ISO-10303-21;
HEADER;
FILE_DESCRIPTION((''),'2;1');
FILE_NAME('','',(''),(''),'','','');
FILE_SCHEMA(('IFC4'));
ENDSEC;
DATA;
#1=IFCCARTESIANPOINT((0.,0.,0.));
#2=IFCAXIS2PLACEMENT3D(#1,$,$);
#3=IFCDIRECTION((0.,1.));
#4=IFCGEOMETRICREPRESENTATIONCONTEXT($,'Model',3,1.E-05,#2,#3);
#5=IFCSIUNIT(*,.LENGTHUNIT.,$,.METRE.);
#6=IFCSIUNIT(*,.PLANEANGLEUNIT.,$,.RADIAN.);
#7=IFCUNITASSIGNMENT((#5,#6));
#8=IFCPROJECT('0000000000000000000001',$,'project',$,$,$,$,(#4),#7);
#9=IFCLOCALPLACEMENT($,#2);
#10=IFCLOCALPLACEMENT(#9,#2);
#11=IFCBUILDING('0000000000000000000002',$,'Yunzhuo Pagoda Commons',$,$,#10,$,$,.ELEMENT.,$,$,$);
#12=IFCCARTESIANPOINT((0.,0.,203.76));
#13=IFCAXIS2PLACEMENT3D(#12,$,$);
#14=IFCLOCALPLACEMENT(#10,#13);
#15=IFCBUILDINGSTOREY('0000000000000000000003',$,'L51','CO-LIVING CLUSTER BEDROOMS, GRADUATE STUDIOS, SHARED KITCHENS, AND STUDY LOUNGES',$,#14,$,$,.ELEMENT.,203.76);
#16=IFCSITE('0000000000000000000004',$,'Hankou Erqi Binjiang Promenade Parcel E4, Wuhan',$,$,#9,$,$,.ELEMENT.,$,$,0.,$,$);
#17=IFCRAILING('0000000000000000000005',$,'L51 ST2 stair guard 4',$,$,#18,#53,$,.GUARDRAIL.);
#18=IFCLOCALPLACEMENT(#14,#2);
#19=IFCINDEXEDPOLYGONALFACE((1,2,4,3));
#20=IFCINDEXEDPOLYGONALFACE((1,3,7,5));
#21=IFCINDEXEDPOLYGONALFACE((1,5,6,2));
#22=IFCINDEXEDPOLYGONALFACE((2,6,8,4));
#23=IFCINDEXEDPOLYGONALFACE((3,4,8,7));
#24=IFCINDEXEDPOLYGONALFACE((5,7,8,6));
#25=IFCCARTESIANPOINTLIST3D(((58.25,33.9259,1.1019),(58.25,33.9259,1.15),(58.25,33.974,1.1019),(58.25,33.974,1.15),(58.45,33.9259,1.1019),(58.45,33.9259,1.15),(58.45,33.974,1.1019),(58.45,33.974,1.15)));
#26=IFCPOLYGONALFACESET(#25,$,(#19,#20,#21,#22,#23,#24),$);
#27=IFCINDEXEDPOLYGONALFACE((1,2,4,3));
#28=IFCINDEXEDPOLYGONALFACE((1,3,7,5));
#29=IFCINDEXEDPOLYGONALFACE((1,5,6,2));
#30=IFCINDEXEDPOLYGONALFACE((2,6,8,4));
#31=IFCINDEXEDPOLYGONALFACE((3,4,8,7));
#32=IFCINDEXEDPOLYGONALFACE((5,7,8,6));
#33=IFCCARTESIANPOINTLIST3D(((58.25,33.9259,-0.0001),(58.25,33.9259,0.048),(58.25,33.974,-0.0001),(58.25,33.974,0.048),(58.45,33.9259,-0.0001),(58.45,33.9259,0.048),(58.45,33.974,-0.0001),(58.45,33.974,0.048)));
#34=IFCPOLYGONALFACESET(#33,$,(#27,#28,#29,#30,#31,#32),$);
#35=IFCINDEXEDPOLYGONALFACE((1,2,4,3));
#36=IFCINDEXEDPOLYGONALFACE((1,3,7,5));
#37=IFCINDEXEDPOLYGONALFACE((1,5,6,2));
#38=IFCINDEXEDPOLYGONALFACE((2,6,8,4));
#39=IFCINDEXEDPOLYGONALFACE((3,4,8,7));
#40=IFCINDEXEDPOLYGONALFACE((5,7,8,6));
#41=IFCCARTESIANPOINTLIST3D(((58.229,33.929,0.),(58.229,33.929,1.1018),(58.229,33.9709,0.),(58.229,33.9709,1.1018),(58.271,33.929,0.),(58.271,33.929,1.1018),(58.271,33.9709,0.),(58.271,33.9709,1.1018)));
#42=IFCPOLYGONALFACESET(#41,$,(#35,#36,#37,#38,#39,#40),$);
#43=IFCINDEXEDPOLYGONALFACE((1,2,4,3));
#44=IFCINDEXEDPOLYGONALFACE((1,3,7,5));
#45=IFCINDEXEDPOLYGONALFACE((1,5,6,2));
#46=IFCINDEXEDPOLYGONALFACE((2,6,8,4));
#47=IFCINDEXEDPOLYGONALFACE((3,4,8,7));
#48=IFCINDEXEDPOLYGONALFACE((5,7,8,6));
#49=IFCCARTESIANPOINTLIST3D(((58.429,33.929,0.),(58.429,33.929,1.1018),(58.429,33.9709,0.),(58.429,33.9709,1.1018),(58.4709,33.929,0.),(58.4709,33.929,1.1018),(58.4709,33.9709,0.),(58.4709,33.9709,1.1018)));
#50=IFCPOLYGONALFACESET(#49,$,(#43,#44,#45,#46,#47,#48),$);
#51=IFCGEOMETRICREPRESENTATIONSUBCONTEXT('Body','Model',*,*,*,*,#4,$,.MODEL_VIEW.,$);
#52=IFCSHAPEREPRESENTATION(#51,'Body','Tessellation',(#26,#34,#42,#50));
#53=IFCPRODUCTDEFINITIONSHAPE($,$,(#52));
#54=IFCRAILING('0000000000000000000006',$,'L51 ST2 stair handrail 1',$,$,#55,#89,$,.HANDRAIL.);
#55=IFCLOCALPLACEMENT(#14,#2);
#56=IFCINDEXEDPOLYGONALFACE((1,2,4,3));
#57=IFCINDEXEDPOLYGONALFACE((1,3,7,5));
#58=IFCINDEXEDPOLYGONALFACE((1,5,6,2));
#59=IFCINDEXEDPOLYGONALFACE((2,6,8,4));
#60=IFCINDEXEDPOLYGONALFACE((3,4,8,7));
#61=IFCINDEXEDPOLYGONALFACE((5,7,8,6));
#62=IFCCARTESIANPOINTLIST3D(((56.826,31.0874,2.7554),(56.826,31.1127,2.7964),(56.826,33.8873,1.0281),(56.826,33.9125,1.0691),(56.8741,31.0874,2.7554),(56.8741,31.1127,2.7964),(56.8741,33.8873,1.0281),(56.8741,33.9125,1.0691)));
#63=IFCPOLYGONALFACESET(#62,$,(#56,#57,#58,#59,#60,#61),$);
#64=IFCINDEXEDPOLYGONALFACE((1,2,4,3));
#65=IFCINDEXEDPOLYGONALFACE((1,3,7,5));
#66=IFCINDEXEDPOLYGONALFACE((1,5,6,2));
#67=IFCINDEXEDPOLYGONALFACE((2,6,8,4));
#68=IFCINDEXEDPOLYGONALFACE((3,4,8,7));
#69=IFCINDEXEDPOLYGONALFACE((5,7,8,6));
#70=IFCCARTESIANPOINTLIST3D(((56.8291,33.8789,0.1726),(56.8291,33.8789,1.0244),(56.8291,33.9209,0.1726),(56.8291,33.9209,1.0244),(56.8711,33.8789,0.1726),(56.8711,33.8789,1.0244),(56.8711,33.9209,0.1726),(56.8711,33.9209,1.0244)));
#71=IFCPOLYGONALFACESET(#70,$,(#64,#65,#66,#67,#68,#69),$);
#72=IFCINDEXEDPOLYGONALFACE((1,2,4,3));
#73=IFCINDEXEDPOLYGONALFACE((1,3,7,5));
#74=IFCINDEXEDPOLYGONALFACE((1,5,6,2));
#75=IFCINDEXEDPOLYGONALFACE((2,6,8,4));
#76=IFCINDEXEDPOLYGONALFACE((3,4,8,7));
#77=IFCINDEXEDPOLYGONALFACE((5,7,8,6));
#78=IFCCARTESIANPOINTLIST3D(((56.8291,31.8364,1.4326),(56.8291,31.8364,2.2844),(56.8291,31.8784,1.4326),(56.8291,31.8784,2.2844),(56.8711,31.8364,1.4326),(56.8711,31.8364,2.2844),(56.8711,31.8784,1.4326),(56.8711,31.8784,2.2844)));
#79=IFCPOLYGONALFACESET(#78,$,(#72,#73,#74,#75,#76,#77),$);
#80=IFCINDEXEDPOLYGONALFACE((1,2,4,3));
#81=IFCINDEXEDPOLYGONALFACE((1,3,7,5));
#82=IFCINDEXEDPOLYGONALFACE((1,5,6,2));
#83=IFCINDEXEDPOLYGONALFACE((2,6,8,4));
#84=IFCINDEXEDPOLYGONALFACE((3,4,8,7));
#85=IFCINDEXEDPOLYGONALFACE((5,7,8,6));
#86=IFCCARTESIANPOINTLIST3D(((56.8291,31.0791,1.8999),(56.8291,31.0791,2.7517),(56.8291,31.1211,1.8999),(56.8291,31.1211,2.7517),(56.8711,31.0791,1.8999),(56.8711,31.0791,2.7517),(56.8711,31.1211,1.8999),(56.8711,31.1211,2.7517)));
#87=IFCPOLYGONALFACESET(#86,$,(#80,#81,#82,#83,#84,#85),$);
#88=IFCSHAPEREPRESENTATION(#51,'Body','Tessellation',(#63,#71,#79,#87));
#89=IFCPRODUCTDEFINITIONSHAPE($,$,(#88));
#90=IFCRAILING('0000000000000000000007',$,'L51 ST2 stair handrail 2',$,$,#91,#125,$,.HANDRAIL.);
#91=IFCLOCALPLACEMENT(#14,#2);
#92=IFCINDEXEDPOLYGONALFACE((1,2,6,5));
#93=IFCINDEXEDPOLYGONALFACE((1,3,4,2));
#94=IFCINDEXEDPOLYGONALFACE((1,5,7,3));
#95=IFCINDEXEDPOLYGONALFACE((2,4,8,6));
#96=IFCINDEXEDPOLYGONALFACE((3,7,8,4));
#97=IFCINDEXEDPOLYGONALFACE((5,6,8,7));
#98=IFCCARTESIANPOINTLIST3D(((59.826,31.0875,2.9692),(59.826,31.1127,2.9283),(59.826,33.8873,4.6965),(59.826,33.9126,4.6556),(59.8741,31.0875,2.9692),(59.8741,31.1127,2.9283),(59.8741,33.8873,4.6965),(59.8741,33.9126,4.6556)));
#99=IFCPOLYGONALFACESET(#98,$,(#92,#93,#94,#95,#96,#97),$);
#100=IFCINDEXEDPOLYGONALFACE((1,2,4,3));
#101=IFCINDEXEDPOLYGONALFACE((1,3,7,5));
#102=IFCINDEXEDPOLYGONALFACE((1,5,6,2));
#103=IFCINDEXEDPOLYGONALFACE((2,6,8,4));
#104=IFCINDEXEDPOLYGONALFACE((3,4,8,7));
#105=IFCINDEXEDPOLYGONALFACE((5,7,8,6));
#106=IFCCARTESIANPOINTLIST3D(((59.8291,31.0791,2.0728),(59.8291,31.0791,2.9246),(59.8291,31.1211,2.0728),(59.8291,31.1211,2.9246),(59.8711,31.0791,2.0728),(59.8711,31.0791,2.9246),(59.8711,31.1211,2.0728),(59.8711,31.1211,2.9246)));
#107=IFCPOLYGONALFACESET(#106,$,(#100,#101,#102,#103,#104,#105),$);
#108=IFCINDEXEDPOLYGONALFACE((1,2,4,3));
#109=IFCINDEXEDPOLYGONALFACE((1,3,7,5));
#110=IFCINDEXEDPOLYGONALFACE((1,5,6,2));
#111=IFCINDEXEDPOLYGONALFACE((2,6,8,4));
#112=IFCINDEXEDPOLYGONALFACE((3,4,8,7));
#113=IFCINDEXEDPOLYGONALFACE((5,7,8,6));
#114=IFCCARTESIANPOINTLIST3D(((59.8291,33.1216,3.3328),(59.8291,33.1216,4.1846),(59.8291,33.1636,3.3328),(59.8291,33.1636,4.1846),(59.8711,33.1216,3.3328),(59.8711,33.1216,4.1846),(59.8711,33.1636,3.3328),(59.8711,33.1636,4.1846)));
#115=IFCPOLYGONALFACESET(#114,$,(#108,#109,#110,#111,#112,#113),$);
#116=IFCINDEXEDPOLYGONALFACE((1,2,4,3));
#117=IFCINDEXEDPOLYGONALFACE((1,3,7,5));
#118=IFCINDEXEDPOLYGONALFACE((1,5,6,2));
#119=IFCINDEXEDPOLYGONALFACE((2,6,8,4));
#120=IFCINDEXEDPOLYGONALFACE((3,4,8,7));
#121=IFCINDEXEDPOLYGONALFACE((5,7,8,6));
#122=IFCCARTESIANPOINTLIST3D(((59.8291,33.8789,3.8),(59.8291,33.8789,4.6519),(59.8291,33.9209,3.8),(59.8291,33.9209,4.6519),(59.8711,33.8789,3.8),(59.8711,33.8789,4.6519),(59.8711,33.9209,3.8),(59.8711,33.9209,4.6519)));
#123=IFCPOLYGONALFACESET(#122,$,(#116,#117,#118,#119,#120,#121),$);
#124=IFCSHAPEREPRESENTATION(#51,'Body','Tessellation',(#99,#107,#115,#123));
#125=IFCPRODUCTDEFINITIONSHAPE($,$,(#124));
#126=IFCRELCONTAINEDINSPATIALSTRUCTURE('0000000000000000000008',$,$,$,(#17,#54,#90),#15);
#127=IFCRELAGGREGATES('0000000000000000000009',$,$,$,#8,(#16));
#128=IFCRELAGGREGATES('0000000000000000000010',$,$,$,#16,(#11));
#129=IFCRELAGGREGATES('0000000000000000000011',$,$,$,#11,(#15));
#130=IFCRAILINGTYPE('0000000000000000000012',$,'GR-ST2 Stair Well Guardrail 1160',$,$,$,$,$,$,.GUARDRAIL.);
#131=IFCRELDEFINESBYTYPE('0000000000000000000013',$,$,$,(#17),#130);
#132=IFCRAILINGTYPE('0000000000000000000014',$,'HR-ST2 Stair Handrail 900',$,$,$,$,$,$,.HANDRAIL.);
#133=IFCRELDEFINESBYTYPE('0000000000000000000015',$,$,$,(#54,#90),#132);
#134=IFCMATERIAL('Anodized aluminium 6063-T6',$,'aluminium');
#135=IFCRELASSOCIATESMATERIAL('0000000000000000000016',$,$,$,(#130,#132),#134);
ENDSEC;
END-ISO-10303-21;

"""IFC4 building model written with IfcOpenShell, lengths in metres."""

from ifc_helpers import new_model, si_unit, direction, frame, origin, origin_2d, place, context, subcontext, project, spatial, rectangle, extrude, material, type_object, element, save


model = new_model("IFC4")

# Units and contexts
model_context = context("Model", 3, precision=1e-05, world=origin(), true_north=direction((0.0, 1.0)))
body_context = subcontext(model_context, "Body", "Model", "MODEL_VIEW")
ifc_project = project(units=[si_unit("LENGTHUNIT", "METRE"), si_unit("PLANEANGLEUNIT", "RADIAN")], contexts=[model_context])

# Site, building, storey
site_placement = place(None, origin())
site = spatial("IfcSite", under=ifc_project, at=site_placement, Name="Hankou Erqi Binjiang Promenade Parcel E4, Wuhan", CompositionType="ELEMENT", RefElevation=0.0)
building_placement = place(site_placement, origin())
building = spatial("IfcBuilding", under=site, at=building_placement, Name="Yunzhuo Pagoda Commons", CompositionType="ELEMENT")
storey_placement = place(building_placement, frame((0.0, 0.0, 203.76)))
storey = spatial("IfcBuildingStorey", under=building, at=storey_placement, Name="L51", Description="CO-LIVING CLUSTER BEDROOMS, GRADUATE STUDIOS, SHARED KITCHENS, AND STUDY LOUNGES", CompositionType="ELEMENT", Elevation=203.76)

# Railings
ifc_material_1 = material(Name="Anodized aluminium 6063-T6", Category="aluminium")
railing_type_1 = type_object("IfcRailingType", Name="GR-ST2 Stair Well Guardrail 1160", PredefinedType="GUARDRAIL", material=ifc_material_1)
railing_1_placement = place(storey_placement, frame((58.25, 33.95, 0.0)))
element("IfcRailing", 1, at=railing_1_placement, inside=storey, type_object=railing_type_1, Name="L51 ST2 stair guard 4", PredefinedType="GUARDRAIL", context=body_context, shape_type="SweptSolid", body=[
    extrude(rectangle(XDim=0.0481, YDim=0.0481, at=origin_2d()), frame((0.0, 0.0, 1.126), z_axis=(1.0, 0.0, 0.0), x_axis=(0.0, 1.0, 0.0)), (0.0, 0.0, 1.0), 0.2),
    extrude(rectangle(XDim=0.0481, YDim=0.0481, at=origin_2d()), frame((0.0, 0.0, 0.0239), z_axis=(1.0, 0.0, 0.0), x_axis=(0.0, 1.0, 0.0)), (0.0, 0.0, 1.0), 0.2),
    extrude(rectangle(XDim=0.042, YDim=0.042, at=origin_2d()), origin(), (0.0, 0.0, 1.0), 1.1018),
    extrude(rectangle(XDim=0.042, YDim=0.042, at=origin_2d()), frame((0.2, 0.0, 0.0)), (0.0, 0.0, 1.0), 1.1018),
])
railing_type_2 = type_object("IfcRailingType", Name="HR-ST2 Stair Handrail 900", PredefinedType="HANDRAIL", material=ifc_material_1)
railing_2_placement = place(storey_placement, frame((56.8501, 33.8999, 0.1726)))
element("IfcRailing", 2, at=railing_2_placement, inside=storey, type_object=railing_type_2, Name="L51 ST2 stair handrail 1", PredefinedType="HANDRAIL", context=body_context, shape_type="SweptSolid", body=[
    extrude(rectangle(XDim=0.0481, YDim=0.0481, at=origin_2d()), frame((0.0, 0.0, 0.876), z_axis=(0.0, -0.851069, 0.525054), x_axis=(1.0, 0.0, 0.0)), (0.0, 0.0, 1.0), 3.2898),
    extrude(rectangle(XDim=0.042, YDim=0.042, at=origin_2d()), origin(), (0.0, 0.0, 1.0), 0.8518),
    extrude(rectangle(XDim=0.042, YDim=0.042, at=origin_2d()), frame((0.0, -2.0425, 1.26)), (0.0, 0.0, 1.0), 0.8518),
    extrude(rectangle(XDim=0.042, YDim=0.042, at=origin_2d()), frame((0.0, -2.7998, 1.7273)), (0.0, 0.0, 1.0), 0.8518),
])
railing_3_placement = place(storey_placement, frame((59.8501, 31.1001, 2.0728)))
element("IfcRailing", 3, at=railing_3_placement, inside=storey, type_object=railing_type_2, Name="L51 ST2 stair handrail 2", PredefinedType="HANDRAIL", context=body_context, shape_type="SweptSolid", body=[
    extrude(rectangle(XDim=0.0481, YDim=0.0481, at=origin_2d()), frame((0.0, 0.0, 0.876), z_axis=(0.0, 0.851069, 0.525054), x_axis=(-1.0, 0.0, 0.0)), (0.0, 0.0, 1.0), 3.2898),
    extrude(rectangle(XDim=0.042, YDim=0.042, at=origin_2d()), origin(), (0.0, 0.0, 1.0), 0.8518),
    extrude(rectangle(XDim=0.042, YDim=0.042, at=origin_2d()), frame((0.0, 2.0425, 1.26)), (0.0, 0.0, 1.0), 0.8518),
    extrude(rectangle(XDim=0.042, YDim=0.042, at=origin_2d()), frame((0.0, 2.7998, 1.7273)), (0.0, 0.0, 1.0), 0.8518),
])

save(model, "model.ifc")
